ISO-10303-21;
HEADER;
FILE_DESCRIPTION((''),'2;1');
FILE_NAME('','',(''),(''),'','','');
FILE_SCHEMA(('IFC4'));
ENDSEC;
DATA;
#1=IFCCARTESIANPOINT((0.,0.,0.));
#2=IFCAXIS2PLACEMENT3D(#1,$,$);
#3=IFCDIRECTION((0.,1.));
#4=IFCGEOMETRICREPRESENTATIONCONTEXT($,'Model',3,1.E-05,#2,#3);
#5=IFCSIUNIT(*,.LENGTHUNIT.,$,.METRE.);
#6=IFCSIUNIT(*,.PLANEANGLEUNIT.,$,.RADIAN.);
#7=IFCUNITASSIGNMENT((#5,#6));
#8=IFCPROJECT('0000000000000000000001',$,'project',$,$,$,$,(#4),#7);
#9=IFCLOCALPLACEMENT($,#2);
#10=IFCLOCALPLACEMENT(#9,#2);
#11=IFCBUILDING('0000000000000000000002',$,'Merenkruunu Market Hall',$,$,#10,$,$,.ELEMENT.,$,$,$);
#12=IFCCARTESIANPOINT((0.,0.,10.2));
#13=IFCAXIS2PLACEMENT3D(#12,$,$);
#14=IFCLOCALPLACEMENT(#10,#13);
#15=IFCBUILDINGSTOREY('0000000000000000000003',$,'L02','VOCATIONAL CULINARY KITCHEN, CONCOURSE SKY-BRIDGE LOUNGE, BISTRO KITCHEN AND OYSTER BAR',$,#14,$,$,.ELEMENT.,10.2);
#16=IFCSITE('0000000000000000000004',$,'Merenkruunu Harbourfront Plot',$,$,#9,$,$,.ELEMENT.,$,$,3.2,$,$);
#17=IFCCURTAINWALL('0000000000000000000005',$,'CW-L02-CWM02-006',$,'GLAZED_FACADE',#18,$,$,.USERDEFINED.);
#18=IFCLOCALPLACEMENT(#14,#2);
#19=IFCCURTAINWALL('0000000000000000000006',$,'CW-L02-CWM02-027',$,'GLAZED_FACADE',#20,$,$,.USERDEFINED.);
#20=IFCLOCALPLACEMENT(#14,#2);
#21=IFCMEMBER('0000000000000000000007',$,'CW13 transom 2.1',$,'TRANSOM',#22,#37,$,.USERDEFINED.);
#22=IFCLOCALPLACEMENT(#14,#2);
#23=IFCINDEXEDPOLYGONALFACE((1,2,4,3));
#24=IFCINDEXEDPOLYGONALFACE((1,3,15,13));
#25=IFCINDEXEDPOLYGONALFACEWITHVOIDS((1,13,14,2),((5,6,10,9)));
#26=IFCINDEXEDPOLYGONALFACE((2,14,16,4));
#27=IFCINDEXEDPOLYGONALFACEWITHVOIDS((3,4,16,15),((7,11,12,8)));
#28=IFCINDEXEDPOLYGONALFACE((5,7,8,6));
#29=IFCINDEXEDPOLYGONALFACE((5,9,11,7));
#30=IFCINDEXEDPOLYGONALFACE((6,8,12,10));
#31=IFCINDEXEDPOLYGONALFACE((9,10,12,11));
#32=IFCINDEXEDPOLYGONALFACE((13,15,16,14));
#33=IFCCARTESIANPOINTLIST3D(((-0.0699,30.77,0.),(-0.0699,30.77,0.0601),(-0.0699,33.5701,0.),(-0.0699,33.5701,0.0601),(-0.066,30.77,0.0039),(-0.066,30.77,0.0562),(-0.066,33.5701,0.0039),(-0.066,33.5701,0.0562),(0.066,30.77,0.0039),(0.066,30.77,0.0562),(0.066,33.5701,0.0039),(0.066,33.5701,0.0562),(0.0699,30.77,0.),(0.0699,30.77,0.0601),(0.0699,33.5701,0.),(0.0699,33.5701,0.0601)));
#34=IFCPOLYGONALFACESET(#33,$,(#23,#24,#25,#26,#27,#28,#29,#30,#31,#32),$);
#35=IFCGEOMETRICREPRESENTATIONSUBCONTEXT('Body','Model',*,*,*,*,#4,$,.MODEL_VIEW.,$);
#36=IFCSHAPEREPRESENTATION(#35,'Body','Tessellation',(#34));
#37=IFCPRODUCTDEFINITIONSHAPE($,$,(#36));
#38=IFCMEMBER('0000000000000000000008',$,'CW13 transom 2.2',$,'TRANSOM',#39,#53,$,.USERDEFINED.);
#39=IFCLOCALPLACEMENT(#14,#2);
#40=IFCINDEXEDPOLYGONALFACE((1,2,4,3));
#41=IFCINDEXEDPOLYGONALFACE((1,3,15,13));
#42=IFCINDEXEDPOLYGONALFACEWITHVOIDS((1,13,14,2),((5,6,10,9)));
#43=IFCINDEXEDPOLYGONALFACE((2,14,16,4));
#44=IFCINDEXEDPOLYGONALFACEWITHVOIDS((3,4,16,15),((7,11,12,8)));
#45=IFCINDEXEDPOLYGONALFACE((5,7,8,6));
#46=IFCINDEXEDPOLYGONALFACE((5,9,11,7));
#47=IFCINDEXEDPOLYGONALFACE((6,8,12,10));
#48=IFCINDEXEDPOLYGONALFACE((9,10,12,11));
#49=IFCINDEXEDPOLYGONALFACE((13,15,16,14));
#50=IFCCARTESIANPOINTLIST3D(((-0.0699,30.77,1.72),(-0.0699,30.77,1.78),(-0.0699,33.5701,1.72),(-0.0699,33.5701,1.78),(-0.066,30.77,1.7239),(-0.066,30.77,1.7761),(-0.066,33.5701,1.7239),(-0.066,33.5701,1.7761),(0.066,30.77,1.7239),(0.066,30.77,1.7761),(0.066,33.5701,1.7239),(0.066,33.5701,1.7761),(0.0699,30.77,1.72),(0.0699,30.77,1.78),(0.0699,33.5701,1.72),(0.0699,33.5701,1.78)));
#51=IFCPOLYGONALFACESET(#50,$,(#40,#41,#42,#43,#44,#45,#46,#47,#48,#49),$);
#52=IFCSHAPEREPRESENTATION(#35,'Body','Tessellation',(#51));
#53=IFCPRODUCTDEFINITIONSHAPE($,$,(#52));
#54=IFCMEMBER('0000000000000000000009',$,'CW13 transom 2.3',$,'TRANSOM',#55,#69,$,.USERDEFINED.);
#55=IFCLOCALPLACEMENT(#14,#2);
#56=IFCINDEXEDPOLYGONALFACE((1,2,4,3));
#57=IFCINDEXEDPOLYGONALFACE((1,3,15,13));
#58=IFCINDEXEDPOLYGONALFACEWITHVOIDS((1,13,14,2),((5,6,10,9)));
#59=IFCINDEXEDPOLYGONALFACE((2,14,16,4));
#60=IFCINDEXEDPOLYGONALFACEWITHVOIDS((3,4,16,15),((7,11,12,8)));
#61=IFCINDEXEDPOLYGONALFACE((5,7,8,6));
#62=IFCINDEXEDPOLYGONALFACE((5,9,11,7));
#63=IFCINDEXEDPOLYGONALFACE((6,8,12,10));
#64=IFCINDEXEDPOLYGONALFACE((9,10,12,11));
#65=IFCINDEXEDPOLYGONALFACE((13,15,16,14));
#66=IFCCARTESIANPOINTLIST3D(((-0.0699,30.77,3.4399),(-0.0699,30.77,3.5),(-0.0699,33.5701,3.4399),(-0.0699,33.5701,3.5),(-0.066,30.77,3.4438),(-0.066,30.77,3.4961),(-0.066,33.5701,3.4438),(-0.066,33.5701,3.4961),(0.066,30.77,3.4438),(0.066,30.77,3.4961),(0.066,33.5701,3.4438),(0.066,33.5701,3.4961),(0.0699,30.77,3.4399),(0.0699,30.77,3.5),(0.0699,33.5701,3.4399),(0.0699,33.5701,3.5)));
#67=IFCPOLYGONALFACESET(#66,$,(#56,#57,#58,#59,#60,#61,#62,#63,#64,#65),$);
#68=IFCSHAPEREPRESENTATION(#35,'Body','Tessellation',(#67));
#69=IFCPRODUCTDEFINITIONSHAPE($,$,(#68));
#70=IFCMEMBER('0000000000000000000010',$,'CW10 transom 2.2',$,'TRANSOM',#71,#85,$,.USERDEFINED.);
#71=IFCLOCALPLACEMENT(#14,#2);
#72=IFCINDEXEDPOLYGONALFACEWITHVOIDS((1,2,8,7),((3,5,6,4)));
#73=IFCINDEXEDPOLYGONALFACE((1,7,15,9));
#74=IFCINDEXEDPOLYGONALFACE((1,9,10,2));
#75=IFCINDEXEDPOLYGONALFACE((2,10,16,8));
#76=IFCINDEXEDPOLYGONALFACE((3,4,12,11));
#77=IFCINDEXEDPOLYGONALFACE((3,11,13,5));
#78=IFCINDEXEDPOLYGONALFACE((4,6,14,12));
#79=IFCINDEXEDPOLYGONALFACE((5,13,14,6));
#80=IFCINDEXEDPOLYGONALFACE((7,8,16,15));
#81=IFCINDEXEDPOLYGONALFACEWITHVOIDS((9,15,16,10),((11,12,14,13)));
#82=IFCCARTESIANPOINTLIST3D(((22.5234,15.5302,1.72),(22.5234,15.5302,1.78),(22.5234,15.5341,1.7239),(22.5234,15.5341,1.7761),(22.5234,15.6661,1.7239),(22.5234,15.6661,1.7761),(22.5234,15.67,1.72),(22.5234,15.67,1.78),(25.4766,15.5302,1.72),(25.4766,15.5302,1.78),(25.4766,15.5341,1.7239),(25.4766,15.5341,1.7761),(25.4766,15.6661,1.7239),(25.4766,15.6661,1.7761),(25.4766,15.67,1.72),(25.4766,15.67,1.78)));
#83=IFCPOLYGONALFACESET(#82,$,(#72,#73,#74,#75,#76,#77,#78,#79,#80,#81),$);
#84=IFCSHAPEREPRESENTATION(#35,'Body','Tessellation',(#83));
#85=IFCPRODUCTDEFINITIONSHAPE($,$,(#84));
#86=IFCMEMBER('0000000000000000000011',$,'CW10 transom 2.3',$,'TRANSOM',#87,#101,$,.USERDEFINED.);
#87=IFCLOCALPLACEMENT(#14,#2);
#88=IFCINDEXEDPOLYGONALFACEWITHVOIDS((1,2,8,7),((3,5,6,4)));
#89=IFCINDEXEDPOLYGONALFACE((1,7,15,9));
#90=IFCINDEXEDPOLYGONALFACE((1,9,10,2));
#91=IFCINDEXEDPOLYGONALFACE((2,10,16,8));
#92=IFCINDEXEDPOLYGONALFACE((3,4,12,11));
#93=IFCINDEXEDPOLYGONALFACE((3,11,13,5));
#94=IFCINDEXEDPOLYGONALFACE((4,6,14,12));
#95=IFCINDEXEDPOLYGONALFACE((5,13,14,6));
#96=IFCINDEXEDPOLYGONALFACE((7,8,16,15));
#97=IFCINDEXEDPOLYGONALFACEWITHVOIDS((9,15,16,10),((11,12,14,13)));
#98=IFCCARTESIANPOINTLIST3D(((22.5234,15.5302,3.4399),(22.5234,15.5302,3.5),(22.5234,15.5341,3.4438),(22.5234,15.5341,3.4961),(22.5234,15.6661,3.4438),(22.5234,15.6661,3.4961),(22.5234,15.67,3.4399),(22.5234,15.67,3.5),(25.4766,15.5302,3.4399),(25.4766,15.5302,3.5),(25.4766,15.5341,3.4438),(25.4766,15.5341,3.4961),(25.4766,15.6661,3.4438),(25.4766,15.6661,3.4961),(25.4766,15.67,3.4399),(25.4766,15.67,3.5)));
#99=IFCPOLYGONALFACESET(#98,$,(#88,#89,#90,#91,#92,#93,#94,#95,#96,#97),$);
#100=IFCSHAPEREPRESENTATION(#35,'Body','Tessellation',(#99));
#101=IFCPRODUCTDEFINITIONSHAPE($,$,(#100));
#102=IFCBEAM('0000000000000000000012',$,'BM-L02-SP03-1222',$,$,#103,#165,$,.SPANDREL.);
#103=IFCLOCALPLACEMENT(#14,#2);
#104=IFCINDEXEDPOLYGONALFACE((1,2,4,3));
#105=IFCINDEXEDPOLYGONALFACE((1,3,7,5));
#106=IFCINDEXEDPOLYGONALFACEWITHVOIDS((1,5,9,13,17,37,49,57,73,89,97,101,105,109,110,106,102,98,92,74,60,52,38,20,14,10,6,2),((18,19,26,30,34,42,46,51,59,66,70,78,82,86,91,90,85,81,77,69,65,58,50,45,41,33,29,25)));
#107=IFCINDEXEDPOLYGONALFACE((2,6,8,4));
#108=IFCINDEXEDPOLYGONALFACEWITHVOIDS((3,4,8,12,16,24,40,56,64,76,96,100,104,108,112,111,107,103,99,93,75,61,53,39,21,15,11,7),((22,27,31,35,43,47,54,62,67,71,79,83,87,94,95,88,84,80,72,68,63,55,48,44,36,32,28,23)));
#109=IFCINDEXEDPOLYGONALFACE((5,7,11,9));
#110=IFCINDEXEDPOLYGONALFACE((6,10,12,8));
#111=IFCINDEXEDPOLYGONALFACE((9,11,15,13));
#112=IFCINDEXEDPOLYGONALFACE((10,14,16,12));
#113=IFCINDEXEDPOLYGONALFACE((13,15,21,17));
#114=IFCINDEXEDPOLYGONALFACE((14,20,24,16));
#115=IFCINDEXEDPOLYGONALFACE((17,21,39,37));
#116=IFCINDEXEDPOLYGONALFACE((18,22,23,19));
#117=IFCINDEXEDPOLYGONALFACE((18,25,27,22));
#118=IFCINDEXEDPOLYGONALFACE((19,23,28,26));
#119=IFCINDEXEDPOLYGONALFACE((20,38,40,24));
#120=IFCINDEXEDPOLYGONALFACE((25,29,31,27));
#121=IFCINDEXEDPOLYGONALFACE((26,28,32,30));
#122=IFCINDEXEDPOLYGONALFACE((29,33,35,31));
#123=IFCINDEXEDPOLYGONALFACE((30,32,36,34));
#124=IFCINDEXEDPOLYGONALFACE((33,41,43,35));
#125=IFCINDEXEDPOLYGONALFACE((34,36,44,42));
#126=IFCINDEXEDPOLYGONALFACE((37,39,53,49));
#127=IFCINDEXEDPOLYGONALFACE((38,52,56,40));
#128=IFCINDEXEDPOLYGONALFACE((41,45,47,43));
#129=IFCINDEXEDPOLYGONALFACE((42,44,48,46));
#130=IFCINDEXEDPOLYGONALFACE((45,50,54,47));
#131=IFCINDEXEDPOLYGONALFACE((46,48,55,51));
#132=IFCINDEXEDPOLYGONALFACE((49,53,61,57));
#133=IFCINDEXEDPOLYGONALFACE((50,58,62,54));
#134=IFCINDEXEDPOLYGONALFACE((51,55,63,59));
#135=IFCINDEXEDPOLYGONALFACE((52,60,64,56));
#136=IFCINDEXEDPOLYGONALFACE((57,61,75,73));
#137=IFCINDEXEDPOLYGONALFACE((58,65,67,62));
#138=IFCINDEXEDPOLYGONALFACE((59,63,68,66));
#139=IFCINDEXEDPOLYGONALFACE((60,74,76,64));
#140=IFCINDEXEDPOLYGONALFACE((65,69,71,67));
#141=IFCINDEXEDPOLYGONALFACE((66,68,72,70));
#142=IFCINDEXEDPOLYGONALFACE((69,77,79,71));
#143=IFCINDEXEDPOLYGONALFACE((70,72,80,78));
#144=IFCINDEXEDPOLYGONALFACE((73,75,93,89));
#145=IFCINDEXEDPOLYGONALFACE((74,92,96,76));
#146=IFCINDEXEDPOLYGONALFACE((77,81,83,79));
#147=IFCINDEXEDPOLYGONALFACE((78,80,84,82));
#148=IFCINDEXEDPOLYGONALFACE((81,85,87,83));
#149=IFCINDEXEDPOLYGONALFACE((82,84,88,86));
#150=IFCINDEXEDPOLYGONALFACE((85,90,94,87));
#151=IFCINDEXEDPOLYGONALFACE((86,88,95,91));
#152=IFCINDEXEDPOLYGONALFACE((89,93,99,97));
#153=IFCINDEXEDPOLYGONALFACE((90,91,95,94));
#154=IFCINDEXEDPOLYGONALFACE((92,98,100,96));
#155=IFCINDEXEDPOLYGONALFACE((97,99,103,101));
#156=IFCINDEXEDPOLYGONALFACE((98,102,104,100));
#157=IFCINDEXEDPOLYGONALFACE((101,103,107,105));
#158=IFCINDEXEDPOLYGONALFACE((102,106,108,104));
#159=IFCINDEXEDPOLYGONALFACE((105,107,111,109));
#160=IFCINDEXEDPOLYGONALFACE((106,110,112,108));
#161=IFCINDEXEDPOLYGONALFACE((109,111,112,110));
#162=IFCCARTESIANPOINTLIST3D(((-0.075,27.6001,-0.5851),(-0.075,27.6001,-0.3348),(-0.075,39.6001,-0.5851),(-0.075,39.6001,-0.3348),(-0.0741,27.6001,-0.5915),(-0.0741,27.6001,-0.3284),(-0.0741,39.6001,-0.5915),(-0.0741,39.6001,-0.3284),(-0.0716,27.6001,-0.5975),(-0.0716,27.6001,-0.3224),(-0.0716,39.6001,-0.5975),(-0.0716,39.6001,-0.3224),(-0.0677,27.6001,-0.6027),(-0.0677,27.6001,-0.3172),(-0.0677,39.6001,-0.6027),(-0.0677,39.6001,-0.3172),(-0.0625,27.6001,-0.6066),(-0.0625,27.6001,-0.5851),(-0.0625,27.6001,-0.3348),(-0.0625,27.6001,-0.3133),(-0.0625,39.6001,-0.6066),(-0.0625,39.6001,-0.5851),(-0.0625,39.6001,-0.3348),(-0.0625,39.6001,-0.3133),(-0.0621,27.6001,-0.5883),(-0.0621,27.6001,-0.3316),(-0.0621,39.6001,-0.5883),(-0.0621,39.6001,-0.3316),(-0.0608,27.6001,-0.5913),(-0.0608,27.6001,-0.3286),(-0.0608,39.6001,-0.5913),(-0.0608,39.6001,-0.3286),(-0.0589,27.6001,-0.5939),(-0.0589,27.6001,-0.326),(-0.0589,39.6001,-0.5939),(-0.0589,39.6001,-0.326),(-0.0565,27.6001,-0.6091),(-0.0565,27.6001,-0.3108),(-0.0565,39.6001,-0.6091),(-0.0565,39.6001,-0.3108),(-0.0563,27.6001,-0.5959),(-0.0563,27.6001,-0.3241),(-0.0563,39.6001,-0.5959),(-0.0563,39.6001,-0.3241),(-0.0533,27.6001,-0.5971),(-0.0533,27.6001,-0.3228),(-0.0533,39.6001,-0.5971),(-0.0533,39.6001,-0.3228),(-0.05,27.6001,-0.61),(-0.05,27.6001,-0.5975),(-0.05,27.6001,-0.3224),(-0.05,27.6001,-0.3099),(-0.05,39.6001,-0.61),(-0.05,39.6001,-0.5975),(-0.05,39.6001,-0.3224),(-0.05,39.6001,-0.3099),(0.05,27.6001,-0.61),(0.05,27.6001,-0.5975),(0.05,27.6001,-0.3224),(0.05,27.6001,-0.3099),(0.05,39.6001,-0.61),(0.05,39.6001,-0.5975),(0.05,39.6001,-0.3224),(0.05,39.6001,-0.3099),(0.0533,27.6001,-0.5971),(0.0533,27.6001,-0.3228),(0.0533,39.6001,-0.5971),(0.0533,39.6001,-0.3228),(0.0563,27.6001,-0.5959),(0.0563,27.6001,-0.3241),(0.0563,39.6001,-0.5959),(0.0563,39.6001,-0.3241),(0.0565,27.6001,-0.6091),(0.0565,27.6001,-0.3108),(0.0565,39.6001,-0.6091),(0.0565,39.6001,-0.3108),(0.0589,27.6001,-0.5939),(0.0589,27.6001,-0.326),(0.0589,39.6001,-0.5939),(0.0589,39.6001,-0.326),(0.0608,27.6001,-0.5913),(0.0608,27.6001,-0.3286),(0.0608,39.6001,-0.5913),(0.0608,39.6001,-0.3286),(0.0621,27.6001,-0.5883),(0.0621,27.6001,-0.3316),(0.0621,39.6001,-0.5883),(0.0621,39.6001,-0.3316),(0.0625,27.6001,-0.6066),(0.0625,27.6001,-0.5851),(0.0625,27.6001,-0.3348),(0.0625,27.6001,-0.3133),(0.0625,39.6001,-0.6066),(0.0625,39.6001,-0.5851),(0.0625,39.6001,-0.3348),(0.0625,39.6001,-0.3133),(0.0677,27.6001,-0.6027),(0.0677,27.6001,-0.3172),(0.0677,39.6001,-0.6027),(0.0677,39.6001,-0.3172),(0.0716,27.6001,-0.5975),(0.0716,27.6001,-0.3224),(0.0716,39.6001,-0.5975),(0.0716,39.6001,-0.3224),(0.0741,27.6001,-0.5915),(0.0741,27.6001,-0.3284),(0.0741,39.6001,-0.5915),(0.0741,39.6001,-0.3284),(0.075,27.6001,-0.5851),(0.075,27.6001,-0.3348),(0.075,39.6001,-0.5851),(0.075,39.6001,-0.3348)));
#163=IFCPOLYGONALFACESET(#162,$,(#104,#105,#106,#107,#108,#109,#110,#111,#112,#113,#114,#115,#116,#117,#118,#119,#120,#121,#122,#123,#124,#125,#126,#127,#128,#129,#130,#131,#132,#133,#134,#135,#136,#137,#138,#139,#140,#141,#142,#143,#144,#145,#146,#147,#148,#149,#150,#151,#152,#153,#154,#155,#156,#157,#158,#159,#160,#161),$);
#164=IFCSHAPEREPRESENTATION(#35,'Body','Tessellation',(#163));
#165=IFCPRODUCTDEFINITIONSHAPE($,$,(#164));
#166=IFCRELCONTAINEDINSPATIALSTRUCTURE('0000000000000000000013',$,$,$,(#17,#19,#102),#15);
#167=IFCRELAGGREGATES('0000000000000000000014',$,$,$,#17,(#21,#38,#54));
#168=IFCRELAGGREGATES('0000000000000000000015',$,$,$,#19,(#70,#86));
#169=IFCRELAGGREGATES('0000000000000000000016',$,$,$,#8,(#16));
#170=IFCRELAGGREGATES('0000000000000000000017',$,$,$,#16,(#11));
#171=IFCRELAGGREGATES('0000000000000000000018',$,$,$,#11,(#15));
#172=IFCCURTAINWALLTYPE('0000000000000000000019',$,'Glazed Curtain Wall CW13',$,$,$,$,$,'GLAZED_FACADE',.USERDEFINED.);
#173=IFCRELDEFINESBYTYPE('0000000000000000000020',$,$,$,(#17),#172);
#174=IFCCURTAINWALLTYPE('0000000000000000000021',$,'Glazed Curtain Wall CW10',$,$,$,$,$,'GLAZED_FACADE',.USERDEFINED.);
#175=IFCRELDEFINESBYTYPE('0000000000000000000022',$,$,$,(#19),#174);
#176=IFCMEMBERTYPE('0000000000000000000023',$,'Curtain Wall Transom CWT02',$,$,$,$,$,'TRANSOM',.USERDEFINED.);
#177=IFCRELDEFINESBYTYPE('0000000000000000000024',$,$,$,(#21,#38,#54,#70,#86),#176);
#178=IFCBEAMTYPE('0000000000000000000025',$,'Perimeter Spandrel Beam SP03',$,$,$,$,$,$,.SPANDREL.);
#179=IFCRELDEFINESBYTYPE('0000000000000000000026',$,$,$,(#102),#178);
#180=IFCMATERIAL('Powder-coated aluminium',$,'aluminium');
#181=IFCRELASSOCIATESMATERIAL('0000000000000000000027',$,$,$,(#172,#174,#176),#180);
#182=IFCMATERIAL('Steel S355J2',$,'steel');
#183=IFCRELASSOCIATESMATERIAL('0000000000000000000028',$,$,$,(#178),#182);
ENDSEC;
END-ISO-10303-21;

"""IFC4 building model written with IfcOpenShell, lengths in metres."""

from ifc_helpers import new_model, si_unit, direction, frame, origin, origin_2d, place, context, subcontext, project, spatial, hollow_rectangle, extrude, material, material_profile, profile_set, type_object, element, aggregate, save


model = new_model("IFC4")

# Units and contexts
model_context = context("Model", 3, precision=1e-05, world=origin(), true_north=direction((0.0, 1.0)))
body_context = subcontext(model_context, "Body", "Model", "MODEL_VIEW")
ifc_project = project(units=[si_unit("LENGTHUNIT", "METRE"), si_unit("PLANEANGLEUNIT", "RADIAN")], contexts=[model_context])

# Site, building, storey
site_placement = place(None, origin())
site = spatial("IfcSite", under=ifc_project, at=site_placement, Name="Merenkruunu Harbourfront Plot", CompositionType="ELEMENT", RefElevation=3.2)
building_placement = place(site_placement, origin())
building = spatial("IfcBuilding", under=site, at=building_placement, Name="Merenkruunu Market Hall", CompositionType="ELEMENT")
storey_placement = place(building_placement, frame((0.0, 0.0, 10.2)))
storey = spatial("IfcBuildingStorey", under=building, at=storey_placement, Name="L02", Description="VOCATIONAL CULINARY KITCHEN, CONCOURSE SKY-BRIDGE LOUNGE, BISTRO KITCHEN AND OYSTER BAR", CompositionType="ELEMENT", Elevation=10.2)

# Shared definitions
ifc_material_1 = material(Name="Powder-coated aluminium", Category="aluminium")
curtain_wall_type_1 = type_object("IfcCurtainWallType", Name="Glazed Curtain Wall CW13", ElementType="GLAZED_FACADE", PredefinedType="USERDEFINED", material=ifc_material_1)

# Curtain wall
curtain_wall_1_placement = place(storey_placement, origin())
curtain_wall_1 = element("IfcCurtainWall", 1, at=curtain_wall_1_placement, inside=storey, type_object=curtain_wall_type_1, Name="CW-L02-CWM02-006", ObjectType="GLAZED_FACADE", PredefinedType="USERDEFINED")

# Curtain wall
curtain_wall_type_2 = type_object("IfcCurtainWallType", Name="Glazed Curtain Wall CW10", ElementType="GLAZED_FACADE", PredefinedType="USERDEFINED", material=ifc_material_1)
curtain_wall_2_placement = place(storey_placement, origin())
curtain_wall_2 = element("IfcCurtainWall", 2, at=curtain_wall_2_placement, inside=storey, type_object=curtain_wall_type_2, Name="CW-L02-CWM02-027", ObjectType="GLAZED_FACADE", PredefinedType="USERDEFINED")

# Members
ifc_material_profile_1 = material_profile(ifc_material_1, hollow_rectangle(XDim=0.0601, YDim=0.1399, WallThickness=0.0039, at=origin_2d()), Name="ALU 60x140x4")
ifc_profile_set_1 = profile_set([ifc_material_profile_1], Name="Powder-coated aluminium")
member_type_1 = type_object("IfcMemberType", Name="Curtain Wall Transom CWT02", ElementType="TRANSOM", PredefinedType="USERDEFINED", material=ifc_profile_set_1)
member_1_placement = place(storey_placement, frame((0.0, 30.77, 0.03), z_axis=(0.0, 1.0, 0.0), x_axis=(0.0, 0.0, 1.0)))
member_1 = element("IfcMember", 3, at=member_1_placement, type_object=member_type_1, Name="CW13 transom 2.1", ObjectType="TRANSOM", PredefinedType="USERDEFINED", context=body_context, shape_type="SweptSolid", body=[
    extrude(hollow_rectangle(XDim=0.0601, YDim=0.1399, WallThickness=0.0039, at=origin_2d()), origin(), (0.0, 0.0, 1.0), 2.8),
])
member_2_placement = place(storey_placement, frame((0.0, 30.77, 1.75), z_axis=(0.0, 1.0, 0.0), x_axis=(0.0, 0.0, 1.0)))
member_2 = element("IfcMember", 4, at=member_2_placement, type_object=member_type_1, Name="CW13 transom 2.2", ObjectType="TRANSOM", PredefinedType="USERDEFINED", context=body_context, shape_type="SweptSolid", body=[
    extrude(hollow_rectangle(XDim=0.0601, YDim=0.1399, WallThickness=0.0039, at=origin_2d()), origin(), (0.0, 0.0, 1.0), 2.8),
])
member_3_placement = place(storey_placement, frame((0.0, 30.77, 3.47), z_axis=(0.0, 1.0, 0.0), x_axis=(0.0, 0.0, 1.0)))
member_3 = element("IfcMember", 5, at=member_3_placement, type_object=member_type_1, Name="CW13 transom 2.3", ObjectType="TRANSOM", PredefinedType="USERDEFINED", context=body_context, shape_type="SweptSolid", body=[
    extrude(hollow_rectangle(XDim=0.0601, YDim=0.1399, WallThickness=0.0039, at=origin_2d()), origin(), (0.0, 0.0, 1.0), 2.8),
])
member_4_placement = place(storey_placement, frame((25.4766, 15.6001, 1.75), z_axis=(-1.0, 0.0, 0.0), x_axis=(0.0, 0.0, 1.0)))
member_4 = element("IfcMember", 6, at=member_4_placement, type_object=member_type_1, Name="CW10 transom 2.2", ObjectType="TRANSOM", PredefinedType="USERDEFINED", context=body_context, shape_type="SweptSolid", body=[
    extrude(hollow_rectangle(XDim=0.0601, YDim=0.1399, WallThickness=0.0039, at=origin_2d()), origin(), (0.0, 0.0, 1.0), 2.9531),
])
member_5_placement = place(storey_placement, frame((25.4766, 15.6001, 3.47), z_axis=(-1.0, 0.0, 0.0), x_axis=(0.0, 0.0, 1.0)))
member_5 = element("IfcMember", 7, at=member_5_placement, type_object=member_type_1, Name="CW10 transom 2.3", ObjectType="TRANSOM", PredefinedType="USERDEFINED", context=body_context, shape_type="SweptSolid", body=[
    extrude(hollow_rectangle(XDim=0.0601, YDim=0.1399, WallThickness=0.0039, at=origin_2d()), origin(), (0.0, 0.0, 1.0), 2.9531),
])

# Beam
ifc_material_2 = material(Name="Steel S355J2", Category="steel")
ifc_material_profile_2 = material_profile(ifc_material_2, hollow_rectangle(XDim=0.1499, YDim=0.3, WallThickness=0.0125, InnerFilletRadius=0.0125, OuterFilletRadius=0.0249, at=origin_2d()), Name="RHS 300x150x12.5")
ifc_profile_set_2 = profile_set([ifc_material_profile_2], Name="Steel S355J2")
beam_type_1 = type_object("IfcBeamType", Name="Perimeter Spandrel Beam SP03", PredefinedType="SPANDREL", material=ifc_profile_set_2)
beam_1_placement = place(storey_placement, frame((0.0, 27.6001, -0.46), z_axis=(0.0, 1.0, 0.0), x_axis=(-1.0, 0.0, 0.0)))
element("IfcBeam", 8, at=beam_1_placement, inside=storey, type_object=beam_type_1, Name="BM-L02-SP03-1222", PredefinedType="SPANDREL", context=body_context, shape_type="SweptSolid", body=[
    extrude(hollow_rectangle(XDim=0.1499, YDim=0.3, WallThickness=0.0125, InnerFilletRadius=0.0125, OuterFilletRadius=0.0249, at=origin_2d()), origin(), (0.0, 0.0, 1.0), 12.0),
])

aggregate(curtain_wall_1, [member_1, member_2, member_3])
aggregate(curtain_wall_2, [member_4, member_5])

save(model, "model.ifc")
